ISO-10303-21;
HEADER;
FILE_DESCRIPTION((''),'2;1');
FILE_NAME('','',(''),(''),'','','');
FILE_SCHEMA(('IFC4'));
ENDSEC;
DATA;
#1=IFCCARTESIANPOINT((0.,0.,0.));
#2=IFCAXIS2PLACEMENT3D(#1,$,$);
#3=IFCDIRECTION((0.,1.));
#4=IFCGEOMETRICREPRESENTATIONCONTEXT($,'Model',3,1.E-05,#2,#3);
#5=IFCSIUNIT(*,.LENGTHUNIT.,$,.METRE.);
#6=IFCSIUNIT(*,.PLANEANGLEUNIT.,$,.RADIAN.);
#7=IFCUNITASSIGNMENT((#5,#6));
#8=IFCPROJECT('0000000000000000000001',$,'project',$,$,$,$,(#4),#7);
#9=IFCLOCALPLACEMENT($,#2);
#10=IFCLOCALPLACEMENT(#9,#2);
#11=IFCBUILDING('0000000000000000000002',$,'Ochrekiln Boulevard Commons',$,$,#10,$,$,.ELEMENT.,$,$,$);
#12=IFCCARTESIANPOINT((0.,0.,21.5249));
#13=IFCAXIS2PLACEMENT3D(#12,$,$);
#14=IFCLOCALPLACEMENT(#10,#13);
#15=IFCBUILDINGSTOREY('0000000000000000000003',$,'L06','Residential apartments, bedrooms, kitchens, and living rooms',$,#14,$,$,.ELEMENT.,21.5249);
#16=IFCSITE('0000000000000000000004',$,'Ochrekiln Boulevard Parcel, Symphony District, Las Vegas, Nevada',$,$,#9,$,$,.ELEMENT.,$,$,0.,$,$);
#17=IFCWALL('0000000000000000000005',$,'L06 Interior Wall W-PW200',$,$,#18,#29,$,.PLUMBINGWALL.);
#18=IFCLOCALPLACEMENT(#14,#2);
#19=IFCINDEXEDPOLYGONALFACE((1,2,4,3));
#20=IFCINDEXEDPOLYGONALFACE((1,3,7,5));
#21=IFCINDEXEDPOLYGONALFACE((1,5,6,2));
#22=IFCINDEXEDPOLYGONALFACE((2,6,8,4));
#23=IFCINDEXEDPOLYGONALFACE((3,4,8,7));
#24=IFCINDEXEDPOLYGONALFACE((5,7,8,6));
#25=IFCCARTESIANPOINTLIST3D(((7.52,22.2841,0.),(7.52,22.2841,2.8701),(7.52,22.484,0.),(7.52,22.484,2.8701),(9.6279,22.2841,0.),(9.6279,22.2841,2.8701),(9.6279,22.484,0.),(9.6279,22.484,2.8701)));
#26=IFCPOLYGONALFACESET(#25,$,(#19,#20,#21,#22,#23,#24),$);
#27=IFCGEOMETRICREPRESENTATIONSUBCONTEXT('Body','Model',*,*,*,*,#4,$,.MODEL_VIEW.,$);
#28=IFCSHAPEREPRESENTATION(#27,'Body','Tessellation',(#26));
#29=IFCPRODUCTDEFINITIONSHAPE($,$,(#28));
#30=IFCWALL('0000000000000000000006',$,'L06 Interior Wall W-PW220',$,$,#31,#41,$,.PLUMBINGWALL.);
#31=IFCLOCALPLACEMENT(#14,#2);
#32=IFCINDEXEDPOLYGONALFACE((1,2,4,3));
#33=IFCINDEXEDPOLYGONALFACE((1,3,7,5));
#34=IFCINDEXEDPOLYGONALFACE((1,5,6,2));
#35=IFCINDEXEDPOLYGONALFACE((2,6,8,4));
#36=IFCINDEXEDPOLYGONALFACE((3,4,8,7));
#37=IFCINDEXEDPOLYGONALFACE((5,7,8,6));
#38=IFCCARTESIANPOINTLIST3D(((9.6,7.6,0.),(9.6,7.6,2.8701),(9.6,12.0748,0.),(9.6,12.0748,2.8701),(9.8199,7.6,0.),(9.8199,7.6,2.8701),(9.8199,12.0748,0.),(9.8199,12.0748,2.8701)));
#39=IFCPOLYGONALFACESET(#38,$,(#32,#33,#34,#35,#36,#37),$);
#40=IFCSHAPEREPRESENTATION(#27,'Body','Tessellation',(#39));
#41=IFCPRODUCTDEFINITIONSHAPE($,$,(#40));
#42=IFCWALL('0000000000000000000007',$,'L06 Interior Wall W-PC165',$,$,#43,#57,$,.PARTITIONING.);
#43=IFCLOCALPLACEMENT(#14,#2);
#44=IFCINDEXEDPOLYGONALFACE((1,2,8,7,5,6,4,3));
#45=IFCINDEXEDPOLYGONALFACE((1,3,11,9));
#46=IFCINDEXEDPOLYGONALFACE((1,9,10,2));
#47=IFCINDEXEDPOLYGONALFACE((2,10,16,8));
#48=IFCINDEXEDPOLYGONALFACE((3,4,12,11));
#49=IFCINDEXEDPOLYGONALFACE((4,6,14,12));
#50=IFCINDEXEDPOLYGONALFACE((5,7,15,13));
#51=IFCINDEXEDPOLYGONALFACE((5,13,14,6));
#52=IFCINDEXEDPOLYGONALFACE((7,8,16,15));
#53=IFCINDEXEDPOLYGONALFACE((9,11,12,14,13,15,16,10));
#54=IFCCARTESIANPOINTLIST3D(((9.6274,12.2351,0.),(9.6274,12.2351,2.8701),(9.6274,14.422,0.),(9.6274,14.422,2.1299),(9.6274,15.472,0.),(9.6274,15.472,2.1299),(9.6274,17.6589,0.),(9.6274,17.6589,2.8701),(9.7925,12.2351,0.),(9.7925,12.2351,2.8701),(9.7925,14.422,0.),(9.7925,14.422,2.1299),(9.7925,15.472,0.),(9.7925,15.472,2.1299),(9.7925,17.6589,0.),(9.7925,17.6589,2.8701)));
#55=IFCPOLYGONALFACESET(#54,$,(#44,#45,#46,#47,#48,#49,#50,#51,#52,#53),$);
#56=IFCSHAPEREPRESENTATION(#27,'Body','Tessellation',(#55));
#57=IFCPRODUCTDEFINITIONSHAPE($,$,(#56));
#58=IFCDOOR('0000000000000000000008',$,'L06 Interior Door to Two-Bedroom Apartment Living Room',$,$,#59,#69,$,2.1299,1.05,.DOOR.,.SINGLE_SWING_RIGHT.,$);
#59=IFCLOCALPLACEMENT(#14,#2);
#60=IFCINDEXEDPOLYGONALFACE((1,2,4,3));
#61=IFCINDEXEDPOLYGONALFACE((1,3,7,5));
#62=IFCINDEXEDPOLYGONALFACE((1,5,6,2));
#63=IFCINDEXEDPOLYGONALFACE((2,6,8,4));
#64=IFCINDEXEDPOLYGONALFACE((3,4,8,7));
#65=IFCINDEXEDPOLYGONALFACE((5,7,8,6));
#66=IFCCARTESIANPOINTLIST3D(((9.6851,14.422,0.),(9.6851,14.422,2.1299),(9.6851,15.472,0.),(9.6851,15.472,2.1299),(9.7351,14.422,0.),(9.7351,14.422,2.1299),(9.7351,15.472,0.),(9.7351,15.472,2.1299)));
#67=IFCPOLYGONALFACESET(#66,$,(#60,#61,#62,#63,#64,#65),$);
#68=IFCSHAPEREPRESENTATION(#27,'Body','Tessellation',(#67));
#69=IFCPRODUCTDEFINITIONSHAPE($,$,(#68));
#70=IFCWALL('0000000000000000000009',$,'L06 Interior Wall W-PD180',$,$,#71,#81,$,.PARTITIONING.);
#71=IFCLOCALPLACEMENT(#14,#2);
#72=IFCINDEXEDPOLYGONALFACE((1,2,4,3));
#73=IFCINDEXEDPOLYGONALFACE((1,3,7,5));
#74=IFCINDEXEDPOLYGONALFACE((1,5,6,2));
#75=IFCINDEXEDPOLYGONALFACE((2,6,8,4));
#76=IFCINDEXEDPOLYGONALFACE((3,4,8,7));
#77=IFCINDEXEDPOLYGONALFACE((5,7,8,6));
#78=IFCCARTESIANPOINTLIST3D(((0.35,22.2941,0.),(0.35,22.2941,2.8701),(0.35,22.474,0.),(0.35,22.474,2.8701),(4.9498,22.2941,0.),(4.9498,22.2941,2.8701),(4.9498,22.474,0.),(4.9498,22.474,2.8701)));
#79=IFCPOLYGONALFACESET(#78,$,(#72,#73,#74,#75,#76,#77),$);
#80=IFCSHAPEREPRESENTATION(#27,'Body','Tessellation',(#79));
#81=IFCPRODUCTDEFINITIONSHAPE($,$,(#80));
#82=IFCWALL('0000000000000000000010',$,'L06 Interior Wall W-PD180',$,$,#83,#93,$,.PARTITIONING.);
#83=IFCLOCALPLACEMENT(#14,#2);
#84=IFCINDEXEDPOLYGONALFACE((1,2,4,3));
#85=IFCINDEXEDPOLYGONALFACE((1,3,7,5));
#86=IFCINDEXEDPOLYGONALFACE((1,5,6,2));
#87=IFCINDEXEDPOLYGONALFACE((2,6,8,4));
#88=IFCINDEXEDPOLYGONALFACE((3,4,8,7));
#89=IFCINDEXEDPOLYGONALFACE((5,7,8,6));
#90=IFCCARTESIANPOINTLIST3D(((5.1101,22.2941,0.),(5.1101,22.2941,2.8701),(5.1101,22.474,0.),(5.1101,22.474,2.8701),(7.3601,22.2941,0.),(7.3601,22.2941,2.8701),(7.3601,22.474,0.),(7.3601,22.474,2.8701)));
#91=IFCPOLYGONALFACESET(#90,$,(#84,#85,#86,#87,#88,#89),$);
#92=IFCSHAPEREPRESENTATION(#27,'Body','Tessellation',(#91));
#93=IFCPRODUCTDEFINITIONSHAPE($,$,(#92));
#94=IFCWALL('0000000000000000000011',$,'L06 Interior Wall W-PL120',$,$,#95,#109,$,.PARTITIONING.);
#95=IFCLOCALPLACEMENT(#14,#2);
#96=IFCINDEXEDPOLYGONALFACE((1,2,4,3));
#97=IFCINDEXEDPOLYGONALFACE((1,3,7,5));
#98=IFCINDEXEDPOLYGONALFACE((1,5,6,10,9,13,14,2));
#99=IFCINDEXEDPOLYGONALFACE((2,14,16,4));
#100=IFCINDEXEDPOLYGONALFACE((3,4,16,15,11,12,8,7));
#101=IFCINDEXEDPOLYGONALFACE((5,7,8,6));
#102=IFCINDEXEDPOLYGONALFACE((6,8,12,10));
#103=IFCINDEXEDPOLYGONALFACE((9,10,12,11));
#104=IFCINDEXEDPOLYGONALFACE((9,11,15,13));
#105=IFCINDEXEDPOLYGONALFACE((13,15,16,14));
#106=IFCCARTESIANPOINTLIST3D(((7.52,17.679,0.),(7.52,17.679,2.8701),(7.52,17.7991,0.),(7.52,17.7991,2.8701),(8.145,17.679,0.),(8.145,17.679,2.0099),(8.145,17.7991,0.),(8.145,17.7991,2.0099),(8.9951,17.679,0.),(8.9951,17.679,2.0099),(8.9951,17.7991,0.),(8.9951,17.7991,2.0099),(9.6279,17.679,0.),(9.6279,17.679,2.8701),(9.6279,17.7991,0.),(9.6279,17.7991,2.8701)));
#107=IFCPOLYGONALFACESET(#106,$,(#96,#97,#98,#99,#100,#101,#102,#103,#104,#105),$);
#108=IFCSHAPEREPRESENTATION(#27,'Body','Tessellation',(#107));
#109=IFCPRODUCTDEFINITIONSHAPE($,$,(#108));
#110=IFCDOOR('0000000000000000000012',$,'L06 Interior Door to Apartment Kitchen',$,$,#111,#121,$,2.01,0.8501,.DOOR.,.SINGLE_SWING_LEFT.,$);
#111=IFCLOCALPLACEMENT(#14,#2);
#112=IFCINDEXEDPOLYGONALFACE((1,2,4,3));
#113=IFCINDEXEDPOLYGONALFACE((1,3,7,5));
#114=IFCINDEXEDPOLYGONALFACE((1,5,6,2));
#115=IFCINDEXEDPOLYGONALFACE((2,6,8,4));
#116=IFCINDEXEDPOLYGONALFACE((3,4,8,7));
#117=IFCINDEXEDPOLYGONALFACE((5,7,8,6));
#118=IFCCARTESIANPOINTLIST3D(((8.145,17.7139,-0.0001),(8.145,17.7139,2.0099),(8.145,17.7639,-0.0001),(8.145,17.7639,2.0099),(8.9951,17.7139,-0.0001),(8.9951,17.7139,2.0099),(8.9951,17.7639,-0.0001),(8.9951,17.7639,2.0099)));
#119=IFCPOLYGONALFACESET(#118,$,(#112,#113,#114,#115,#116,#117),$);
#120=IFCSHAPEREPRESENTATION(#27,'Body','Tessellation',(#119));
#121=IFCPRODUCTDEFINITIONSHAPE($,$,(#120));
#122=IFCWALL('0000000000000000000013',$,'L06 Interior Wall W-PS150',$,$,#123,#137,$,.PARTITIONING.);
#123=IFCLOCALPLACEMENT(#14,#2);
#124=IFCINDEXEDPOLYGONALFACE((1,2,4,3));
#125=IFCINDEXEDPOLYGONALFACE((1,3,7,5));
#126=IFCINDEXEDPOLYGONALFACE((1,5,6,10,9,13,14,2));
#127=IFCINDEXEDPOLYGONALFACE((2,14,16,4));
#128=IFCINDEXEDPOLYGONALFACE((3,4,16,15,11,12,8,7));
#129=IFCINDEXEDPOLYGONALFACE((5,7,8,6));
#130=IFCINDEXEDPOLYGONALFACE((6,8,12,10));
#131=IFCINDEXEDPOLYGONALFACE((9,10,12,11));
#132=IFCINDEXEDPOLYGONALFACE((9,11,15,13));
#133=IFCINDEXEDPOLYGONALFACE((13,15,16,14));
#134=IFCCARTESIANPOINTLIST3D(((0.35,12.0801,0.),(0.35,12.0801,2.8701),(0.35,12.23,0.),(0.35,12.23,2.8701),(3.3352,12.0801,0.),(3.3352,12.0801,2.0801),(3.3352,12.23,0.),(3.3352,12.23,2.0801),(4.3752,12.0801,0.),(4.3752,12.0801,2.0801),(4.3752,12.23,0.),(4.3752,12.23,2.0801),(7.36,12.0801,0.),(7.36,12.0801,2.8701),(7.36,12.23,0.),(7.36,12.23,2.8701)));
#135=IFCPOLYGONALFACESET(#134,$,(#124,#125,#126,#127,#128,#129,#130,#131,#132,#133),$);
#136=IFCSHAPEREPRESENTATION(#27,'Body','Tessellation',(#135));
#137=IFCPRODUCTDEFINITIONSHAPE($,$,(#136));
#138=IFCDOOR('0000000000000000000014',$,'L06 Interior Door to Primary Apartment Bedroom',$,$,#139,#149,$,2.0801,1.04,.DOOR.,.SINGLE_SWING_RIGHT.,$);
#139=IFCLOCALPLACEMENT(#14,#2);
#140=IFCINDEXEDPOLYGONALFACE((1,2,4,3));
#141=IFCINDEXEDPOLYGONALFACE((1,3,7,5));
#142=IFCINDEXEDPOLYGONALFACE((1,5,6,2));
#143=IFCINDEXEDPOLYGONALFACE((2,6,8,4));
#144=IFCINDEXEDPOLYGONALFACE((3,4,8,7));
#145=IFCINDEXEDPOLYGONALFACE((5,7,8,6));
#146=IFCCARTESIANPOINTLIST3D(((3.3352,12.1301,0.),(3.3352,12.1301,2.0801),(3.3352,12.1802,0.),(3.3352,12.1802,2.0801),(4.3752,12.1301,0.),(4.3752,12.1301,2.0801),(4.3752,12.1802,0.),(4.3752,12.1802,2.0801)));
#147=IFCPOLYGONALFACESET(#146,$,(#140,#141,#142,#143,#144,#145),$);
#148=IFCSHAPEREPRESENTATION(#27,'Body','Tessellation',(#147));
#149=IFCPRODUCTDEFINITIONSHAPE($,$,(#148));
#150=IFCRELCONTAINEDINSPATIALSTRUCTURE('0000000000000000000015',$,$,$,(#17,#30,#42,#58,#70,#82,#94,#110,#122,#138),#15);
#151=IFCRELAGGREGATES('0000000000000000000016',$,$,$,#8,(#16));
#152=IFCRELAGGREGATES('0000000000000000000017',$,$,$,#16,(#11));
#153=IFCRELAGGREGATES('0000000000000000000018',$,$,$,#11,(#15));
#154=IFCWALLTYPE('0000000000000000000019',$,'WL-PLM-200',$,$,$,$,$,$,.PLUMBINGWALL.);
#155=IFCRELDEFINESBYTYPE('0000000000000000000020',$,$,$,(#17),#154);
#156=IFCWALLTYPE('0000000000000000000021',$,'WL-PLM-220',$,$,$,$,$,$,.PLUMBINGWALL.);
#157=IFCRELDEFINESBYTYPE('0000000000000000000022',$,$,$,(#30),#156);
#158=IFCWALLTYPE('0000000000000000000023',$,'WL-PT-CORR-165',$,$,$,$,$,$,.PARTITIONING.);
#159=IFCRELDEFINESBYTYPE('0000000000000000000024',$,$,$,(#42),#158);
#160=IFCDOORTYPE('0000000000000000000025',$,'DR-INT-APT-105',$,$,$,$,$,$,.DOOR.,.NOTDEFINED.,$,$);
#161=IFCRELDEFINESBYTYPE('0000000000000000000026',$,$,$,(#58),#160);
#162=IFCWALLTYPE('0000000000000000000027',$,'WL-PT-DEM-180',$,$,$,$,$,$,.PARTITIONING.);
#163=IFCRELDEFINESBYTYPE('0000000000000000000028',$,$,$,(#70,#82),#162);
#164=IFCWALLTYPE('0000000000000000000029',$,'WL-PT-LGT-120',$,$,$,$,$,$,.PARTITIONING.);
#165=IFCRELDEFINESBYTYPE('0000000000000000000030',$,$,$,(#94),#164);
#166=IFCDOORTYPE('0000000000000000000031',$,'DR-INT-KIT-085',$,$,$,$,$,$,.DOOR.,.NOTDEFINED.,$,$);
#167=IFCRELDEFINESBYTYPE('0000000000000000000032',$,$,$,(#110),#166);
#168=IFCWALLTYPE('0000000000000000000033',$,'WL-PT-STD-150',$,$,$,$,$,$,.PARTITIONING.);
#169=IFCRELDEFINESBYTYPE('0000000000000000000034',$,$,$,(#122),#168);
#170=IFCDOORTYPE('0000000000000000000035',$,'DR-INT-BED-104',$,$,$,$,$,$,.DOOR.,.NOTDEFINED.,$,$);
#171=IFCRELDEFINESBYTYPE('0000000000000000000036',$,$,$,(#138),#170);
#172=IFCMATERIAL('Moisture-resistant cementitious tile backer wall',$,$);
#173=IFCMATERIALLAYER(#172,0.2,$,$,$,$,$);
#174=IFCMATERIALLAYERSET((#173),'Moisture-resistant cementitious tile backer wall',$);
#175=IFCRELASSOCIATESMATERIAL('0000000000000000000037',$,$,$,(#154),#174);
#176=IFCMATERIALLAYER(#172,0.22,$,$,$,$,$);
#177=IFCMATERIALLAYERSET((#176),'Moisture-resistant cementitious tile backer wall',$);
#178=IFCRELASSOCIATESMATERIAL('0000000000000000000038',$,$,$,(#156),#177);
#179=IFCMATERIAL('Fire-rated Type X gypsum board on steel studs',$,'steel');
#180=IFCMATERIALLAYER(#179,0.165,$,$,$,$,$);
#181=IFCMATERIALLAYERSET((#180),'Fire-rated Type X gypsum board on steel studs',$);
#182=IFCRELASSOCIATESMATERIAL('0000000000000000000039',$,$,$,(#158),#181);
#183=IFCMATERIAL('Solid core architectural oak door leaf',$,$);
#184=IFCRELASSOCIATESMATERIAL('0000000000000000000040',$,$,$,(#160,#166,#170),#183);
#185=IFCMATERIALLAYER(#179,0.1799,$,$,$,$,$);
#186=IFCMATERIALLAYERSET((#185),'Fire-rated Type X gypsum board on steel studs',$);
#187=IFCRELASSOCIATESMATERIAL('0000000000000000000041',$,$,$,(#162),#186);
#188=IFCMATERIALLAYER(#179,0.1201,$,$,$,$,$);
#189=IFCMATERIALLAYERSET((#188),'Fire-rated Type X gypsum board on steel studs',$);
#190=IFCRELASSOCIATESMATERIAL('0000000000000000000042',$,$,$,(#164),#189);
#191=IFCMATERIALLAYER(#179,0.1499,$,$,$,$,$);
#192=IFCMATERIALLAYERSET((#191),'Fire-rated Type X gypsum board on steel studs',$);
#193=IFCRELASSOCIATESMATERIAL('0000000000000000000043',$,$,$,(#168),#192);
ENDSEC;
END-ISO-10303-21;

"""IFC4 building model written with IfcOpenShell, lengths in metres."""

from ifc_helpers import new_model, si_unit, direction, frame, frame_2d, origin, place, context, subcontext, project, spatial, rectangle, extrude, material, layer, layer_set, type_object, element, fill, save


model = new_model("IFC4")

# Units and contexts
model_context = context("Model", 3, precision=1e-05, world=origin(), true_north=direction((0.0, 1.0)))
body_context = subcontext(model_context, "Body", "Model", "MODEL_VIEW")
ifc_project = project(units=[si_unit("LENGTHUNIT", "METRE"), si_unit("PLANEANGLEUNIT", "RADIAN")], contexts=[model_context])

# Site, building, storey
site_placement = place(None, origin())
site = spatial("IfcSite", under=ifc_project, at=site_placement, Name="Ochrekiln Boulevard Parcel, Symphony District, Las Vegas, Nevada", CompositionType="ELEMENT", RefElevation=0.0)
building_placement = place(site_placement, origin())
building = spatial("IfcBuilding", under=site, at=building_placement, Name="Ochrekiln Boulevard Commons", CompositionType="ELEMENT")
storey_placement = place(building_placement, frame((0.0, 0.0, 21.5249)))
storey = spatial("IfcBuildingStorey", under=building, at=storey_placement, Name="L06", Description="Residential apartments, bedrooms, kitchens, and living rooms", CompositionType="ELEMENT", Elevation=21.5249)

# Shared definitions
ifc_material_1 = material(Name="Moisture-resistant cementitious tile backer wall")
ifc_layer_1 = layer(ifc_material_1, 0.2)
ifc_layer_set_1 = layer_set([ifc_layer_1], Name="Moisture-resistant cementitious tile backer wall")
wall_type_1 = type_object("IfcWallType", Name="WL-PLM-200", PredefinedType="PLUMBINGWALL", material=ifc_layer_set_1)
ifc_material_2 = material(Name="Solid core architectural oak door leaf")

# Walls
wall_1_placement = place(storey_placement, frame((7.52, 22.384, 0.0), z_axis=(0.0, 0.0, 1.0), x_axis=(1.0, 0.0, 0.0)))
element("IfcWall", 1, at=wall_1_placement, inside=storey, type_object=wall_type_1, Name="L06 Interior Wall W-PW200", PredefinedType="PLUMBINGWALL", context=body_context, shape_type="SweptSolid", body=[
    extrude(rectangle(XDim=2.1079, YDim=0.2, at=frame_2d((1.054, 0.0))), origin(), (0.0, 0.0, 1.0), 2.8701),
])
ifc_layer_2 = layer(ifc_material_1, 0.22)
ifc_layer_set_2 = layer_set([ifc_layer_2], Name="Moisture-resistant cementitious tile backer wall")
wall_type_2 = type_object("IfcWallType", Name="WL-PLM-220", PredefinedType="PLUMBINGWALL", material=ifc_layer_set_2)
wall_2_placement = place(storey_placement, frame((9.71, 7.6001, 0.0), z_axis=(0.0, 0.0, 1.0), x_axis=(0.0, 1.0, 0.0)))
element("IfcWall", 2, at=wall_2_placement, inside=storey, type_object=wall_type_2, Name="L06 Interior Wall W-PW220", PredefinedType="PLUMBINGWALL", context=body_context, shape_type="SweptSolid", body=[
    extrude(rectangle(XDim=4.4749, YDim=0.22, at=frame_2d((2.2373, 0.0))), origin(), (0.0, 0.0, 1.0), 2.8701),
])

# Wall, opening, door
ifc_material_3 = material(Name="Fire-rated Type X gypsum board on steel studs", Category="steel")
ifc_layer_3 = layer(ifc_material_3, 0.165)
ifc_layer_set_3 = layer_set([ifc_layer_3], Name="Fire-rated Type X gypsum board on steel studs")
wall_type_3 = type_object("IfcWallType", Name="WL-PT-CORR-165", PredefinedType="PARTITIONING", material=ifc_layer_set_3)
wall_3_placement = place(storey_placement, frame((9.71, 12.2351, 0.0), z_axis=(0.0, 0.0, 1.0), x_axis=(0.0, 1.0, 0.0)))
wall_3 = element("IfcWall", 3, at=wall_3_placement, inside=storey, type_object=wall_type_3, Name="L06 Interior Wall W-PC165", PredefinedType="PARTITIONING", context=body_context, shape_type="SweptSolid", body=[
    extrude(rectangle(XDim=5.4238, YDim=0.165, at=frame_2d((2.7119, 0.0))), origin(), (0.0, 0.0, 1.0), 2.8701),
])
opening_1_placement = place(wall_3_placement, frame((2.187, 0.0, 0.0)))
opening_1 = element("IfcOpeningElement", 4, at=opening_1_placement, cuts=wall_3, PredefinedType="OPENING", context=body_context, shape_type="SweptSolid", body=[
    extrude(rectangle(XDim=1.05, YDim=2.1299, at=frame_2d((0.5249, 1.0649))), frame((0.0, 0.0925, 0.0), z_axis=(0.0, -1.0, 0.0), x_axis=(1.0, 0.0, 0.0)), (0.0, 0.0, 1.0), 0.1851),
])
door_type_1 = type_object("IfcDoorType", Name="DR-INT-APT-105", OperationType="NOTDEFINED", PredefinedType="DOOR", material=ifc_material_2)
door_1_placement = place(opening_1_placement, origin())
door_1 = element("IfcDoor", 5, at=door_1_placement, inside=storey, type_object=door_type_1, Name="L06 Interior Door to Two-Bedroom Apartment Living Room", OperationType="SINGLE_SWING_RIGHT", OverallHeight=2.1299, OverallWidth=1.05, PredefinedType="DOOR", context=body_context, shape_type="SweptSolid", body=[
    extrude(rectangle(XDim=1.05, YDim=2.1299, at=frame_2d((0.5249, 1.0649))), frame((0.0, 0.0249, 0.0), z_axis=(0.0, -1.0, 0.0), x_axis=(1.0, 0.0, 0.0)), (0.0, 0.0, 1.0), 0.05),
])
fill(opening_1, door_1)

# Walls
ifc_layer_4 = layer(ifc_material_3, 0.1799)
ifc_layer_set_4 = layer_set([ifc_layer_4], Name="Fire-rated Type X gypsum board on steel studs")
wall_type_4 = type_object("IfcWallType", Name="WL-PT-DEM-180", PredefinedType="PARTITIONING", material=ifc_layer_set_4)
wall_4_placement = place(storey_placement, frame((0.3501, 22.384, 0.0), z_axis=(0.0, 0.0, 1.0), x_axis=(1.0, 0.0, 0.0)))
element("IfcWall", 6, at=wall_4_placement, inside=storey, type_object=wall_type_4, Name="L06 Interior Wall W-PD180", PredefinedType="PARTITIONING", context=body_context, shape_type="SweptSolid", body=[
    extrude(rectangle(XDim=4.5999, YDim=0.1799, at=frame_2d((2.2998, 0.0))), origin(), (0.0, 0.0, 1.0), 2.8701),
])
wall_5_placement = place(storey_placement, frame((5.1101, 22.384, 0.0), z_axis=(0.0, 0.0, 1.0), x_axis=(1.0, 0.0, 0.0)))
element("IfcWall", 7, at=wall_5_placement, inside=storey, type_object=wall_type_4, Name="L06 Interior Wall W-PD180", PredefinedType="PARTITIONING", context=body_context, shape_type="SweptSolid", body=[
    extrude(rectangle(XDim=2.25, YDim=0.1799, at=frame_2d((1.125, 0.0))), origin(), (0.0, 0.0, 1.0), 2.8701),
])

# Walls, openings, doors
ifc_layer_5 = layer(ifc_material_3, 0.1201)
ifc_layer_set_5 = layer_set([ifc_layer_5], Name="Fire-rated Type X gypsum board on steel studs")
wall_type_5 = type_object("IfcWallType", Name="WL-PT-LGT-120", PredefinedType="PARTITIONING", material=ifc_layer_set_5)
wall_6_placement = place(storey_placement, frame((7.52, 17.739, 0.0), z_axis=(0.0, 0.0, 1.0), x_axis=(1.0, 0.0, 0.0)))
wall_6 = element("IfcWall", 8, at=wall_6_placement, inside=storey, type_object=wall_type_5, Name="L06 Interior Wall W-PL120", PredefinedType="PARTITIONING", context=body_context, shape_type="SweptSolid", body=[
    extrude(rectangle(XDim=2.1079, YDim=0.1201, at=frame_2d((1.054, 0.0))), origin(), (0.0, 0.0, 1.0), 2.8701),
])
opening_2_placement = place(wall_6_placement, frame((0.625, 0.0, 0.0)))
opening_2 = element("IfcOpeningElement", 9, at=opening_2_placement, cuts=wall_6, PredefinedType="OPENING", context=body_context, shape_type="SweptSolid", body=[
    extrude(rectangle(XDim=0.8501, YDim=2.01, at=frame_2d((0.425, 1.0049))), frame((0.0, 0.0701, 0.0), z_axis=(0.0, -1.0, 0.0), x_axis=(1.0, 0.0, 0.0)), (0.0, 0.0, 1.0), 0.1401),
])
door_type_2 = type_object("IfcDoorType", Name="DR-INT-KIT-085", OperationType="NOTDEFINED", PredefinedType="DOOR", material=ifc_material_2)
door_2_placement = place(opening_2_placement, origin())
door_2 = element("IfcDoor", 10, at=door_2_placement, inside=storey, type_object=door_type_2, Name="L06 Interior Door to Apartment Kitchen", OperationType="SINGLE_SWING_LEFT", OverallHeight=2.01, OverallWidth=0.8501, PredefinedType="DOOR", context=body_context, shape_type="SweptSolid", body=[
    extrude(rectangle(XDim=0.8501, YDim=2.01, at=frame_2d((0.425, 1.0049))), frame((0.0, 0.0249, 0.0), z_axis=(0.0, -1.0, 0.0), x_axis=(1.0, 0.0, 0.0)), (0.0, 0.0, 1.0), 0.05),
])
fill(opening_2, door_2)
ifc_layer_6 = layer(ifc_material_3, 0.1499)
ifc_layer_set_6 = layer_set([ifc_layer_6], Name="Fire-rated Type X gypsum board on steel studs")
wall_type_6 = type_object("IfcWallType", Name="WL-PT-STD-150", PredefinedType="PARTITIONING", material=ifc_layer_set_6)
wall_7_placement = place(storey_placement, frame((0.3501, 12.155, 0.0), z_axis=(0.0, 0.0, 1.0), x_axis=(1.0, 0.0, 0.0)))
wall_7 = element("IfcWall", 11, at=wall_7_placement, inside=storey, type_object=wall_type_6, Name="L06 Interior Wall W-PS150", PredefinedType="PARTITIONING", context=body_context, shape_type="SweptSolid", body=[
    extrude(rectangle(XDim=7.01, YDim=0.1499, at=frame_2d((3.5049, 0.0))), origin(), (0.0, 0.0, 1.0), 2.8701),
])
opening_3_placement = place(wall_7_placement, frame((2.9851, 0.0, 0.0)))
opening_3 = element("IfcOpeningElement", 12, at=opening_3_placement, cuts=wall_7, PredefinedType="OPENING", context=body_context, shape_type="SweptSolid", body=[
    extrude(rectangle(XDim=1.04, YDim=2.0801, at=frame_2d((0.52, 1.04))), frame((0.0, 0.085, 0.0), z_axis=(0.0, -1.0, 0.0), x_axis=(1.0, 0.0, 0.0)), (0.0, 0.0, 1.0), 0.1699),
])
door_type_3 = type_object("IfcDoorType", Name="DR-INT-BED-104", OperationType="NOTDEFINED", PredefinedType="DOOR", material=ifc_material_2)
door_3_placement = place(opening_3_placement, frame((1.04, 0.0, 0.0), z_axis=(0.0, 0.0, 1.0), x_axis=(-1.0, 0.0, 0.0)))
door_3 = element("IfcDoor", 13, at=door_3_placement, inside=storey, type_object=door_type_3, Name="L06 Interior Door to Primary Apartment Bedroom", OperationType="SINGLE_SWING_RIGHT", OverallHeight=2.0801, OverallWidth=1.04, PredefinedType="DOOR", context=body_context, shape_type="SweptSolid", body=[
    extrude(rectangle(XDim=1.04, YDim=2.0801, at=frame_2d((0.52, 1.04))), frame((0.0, 0.0249, 0.0), z_axis=(0.0, -1.0, 0.0), x_axis=(1.0, 0.0, 0.0)), (0.0, 0.0, 1.0), 0.05),
])
fill(opening_3, door_3)

save(model, "model.ifc")
